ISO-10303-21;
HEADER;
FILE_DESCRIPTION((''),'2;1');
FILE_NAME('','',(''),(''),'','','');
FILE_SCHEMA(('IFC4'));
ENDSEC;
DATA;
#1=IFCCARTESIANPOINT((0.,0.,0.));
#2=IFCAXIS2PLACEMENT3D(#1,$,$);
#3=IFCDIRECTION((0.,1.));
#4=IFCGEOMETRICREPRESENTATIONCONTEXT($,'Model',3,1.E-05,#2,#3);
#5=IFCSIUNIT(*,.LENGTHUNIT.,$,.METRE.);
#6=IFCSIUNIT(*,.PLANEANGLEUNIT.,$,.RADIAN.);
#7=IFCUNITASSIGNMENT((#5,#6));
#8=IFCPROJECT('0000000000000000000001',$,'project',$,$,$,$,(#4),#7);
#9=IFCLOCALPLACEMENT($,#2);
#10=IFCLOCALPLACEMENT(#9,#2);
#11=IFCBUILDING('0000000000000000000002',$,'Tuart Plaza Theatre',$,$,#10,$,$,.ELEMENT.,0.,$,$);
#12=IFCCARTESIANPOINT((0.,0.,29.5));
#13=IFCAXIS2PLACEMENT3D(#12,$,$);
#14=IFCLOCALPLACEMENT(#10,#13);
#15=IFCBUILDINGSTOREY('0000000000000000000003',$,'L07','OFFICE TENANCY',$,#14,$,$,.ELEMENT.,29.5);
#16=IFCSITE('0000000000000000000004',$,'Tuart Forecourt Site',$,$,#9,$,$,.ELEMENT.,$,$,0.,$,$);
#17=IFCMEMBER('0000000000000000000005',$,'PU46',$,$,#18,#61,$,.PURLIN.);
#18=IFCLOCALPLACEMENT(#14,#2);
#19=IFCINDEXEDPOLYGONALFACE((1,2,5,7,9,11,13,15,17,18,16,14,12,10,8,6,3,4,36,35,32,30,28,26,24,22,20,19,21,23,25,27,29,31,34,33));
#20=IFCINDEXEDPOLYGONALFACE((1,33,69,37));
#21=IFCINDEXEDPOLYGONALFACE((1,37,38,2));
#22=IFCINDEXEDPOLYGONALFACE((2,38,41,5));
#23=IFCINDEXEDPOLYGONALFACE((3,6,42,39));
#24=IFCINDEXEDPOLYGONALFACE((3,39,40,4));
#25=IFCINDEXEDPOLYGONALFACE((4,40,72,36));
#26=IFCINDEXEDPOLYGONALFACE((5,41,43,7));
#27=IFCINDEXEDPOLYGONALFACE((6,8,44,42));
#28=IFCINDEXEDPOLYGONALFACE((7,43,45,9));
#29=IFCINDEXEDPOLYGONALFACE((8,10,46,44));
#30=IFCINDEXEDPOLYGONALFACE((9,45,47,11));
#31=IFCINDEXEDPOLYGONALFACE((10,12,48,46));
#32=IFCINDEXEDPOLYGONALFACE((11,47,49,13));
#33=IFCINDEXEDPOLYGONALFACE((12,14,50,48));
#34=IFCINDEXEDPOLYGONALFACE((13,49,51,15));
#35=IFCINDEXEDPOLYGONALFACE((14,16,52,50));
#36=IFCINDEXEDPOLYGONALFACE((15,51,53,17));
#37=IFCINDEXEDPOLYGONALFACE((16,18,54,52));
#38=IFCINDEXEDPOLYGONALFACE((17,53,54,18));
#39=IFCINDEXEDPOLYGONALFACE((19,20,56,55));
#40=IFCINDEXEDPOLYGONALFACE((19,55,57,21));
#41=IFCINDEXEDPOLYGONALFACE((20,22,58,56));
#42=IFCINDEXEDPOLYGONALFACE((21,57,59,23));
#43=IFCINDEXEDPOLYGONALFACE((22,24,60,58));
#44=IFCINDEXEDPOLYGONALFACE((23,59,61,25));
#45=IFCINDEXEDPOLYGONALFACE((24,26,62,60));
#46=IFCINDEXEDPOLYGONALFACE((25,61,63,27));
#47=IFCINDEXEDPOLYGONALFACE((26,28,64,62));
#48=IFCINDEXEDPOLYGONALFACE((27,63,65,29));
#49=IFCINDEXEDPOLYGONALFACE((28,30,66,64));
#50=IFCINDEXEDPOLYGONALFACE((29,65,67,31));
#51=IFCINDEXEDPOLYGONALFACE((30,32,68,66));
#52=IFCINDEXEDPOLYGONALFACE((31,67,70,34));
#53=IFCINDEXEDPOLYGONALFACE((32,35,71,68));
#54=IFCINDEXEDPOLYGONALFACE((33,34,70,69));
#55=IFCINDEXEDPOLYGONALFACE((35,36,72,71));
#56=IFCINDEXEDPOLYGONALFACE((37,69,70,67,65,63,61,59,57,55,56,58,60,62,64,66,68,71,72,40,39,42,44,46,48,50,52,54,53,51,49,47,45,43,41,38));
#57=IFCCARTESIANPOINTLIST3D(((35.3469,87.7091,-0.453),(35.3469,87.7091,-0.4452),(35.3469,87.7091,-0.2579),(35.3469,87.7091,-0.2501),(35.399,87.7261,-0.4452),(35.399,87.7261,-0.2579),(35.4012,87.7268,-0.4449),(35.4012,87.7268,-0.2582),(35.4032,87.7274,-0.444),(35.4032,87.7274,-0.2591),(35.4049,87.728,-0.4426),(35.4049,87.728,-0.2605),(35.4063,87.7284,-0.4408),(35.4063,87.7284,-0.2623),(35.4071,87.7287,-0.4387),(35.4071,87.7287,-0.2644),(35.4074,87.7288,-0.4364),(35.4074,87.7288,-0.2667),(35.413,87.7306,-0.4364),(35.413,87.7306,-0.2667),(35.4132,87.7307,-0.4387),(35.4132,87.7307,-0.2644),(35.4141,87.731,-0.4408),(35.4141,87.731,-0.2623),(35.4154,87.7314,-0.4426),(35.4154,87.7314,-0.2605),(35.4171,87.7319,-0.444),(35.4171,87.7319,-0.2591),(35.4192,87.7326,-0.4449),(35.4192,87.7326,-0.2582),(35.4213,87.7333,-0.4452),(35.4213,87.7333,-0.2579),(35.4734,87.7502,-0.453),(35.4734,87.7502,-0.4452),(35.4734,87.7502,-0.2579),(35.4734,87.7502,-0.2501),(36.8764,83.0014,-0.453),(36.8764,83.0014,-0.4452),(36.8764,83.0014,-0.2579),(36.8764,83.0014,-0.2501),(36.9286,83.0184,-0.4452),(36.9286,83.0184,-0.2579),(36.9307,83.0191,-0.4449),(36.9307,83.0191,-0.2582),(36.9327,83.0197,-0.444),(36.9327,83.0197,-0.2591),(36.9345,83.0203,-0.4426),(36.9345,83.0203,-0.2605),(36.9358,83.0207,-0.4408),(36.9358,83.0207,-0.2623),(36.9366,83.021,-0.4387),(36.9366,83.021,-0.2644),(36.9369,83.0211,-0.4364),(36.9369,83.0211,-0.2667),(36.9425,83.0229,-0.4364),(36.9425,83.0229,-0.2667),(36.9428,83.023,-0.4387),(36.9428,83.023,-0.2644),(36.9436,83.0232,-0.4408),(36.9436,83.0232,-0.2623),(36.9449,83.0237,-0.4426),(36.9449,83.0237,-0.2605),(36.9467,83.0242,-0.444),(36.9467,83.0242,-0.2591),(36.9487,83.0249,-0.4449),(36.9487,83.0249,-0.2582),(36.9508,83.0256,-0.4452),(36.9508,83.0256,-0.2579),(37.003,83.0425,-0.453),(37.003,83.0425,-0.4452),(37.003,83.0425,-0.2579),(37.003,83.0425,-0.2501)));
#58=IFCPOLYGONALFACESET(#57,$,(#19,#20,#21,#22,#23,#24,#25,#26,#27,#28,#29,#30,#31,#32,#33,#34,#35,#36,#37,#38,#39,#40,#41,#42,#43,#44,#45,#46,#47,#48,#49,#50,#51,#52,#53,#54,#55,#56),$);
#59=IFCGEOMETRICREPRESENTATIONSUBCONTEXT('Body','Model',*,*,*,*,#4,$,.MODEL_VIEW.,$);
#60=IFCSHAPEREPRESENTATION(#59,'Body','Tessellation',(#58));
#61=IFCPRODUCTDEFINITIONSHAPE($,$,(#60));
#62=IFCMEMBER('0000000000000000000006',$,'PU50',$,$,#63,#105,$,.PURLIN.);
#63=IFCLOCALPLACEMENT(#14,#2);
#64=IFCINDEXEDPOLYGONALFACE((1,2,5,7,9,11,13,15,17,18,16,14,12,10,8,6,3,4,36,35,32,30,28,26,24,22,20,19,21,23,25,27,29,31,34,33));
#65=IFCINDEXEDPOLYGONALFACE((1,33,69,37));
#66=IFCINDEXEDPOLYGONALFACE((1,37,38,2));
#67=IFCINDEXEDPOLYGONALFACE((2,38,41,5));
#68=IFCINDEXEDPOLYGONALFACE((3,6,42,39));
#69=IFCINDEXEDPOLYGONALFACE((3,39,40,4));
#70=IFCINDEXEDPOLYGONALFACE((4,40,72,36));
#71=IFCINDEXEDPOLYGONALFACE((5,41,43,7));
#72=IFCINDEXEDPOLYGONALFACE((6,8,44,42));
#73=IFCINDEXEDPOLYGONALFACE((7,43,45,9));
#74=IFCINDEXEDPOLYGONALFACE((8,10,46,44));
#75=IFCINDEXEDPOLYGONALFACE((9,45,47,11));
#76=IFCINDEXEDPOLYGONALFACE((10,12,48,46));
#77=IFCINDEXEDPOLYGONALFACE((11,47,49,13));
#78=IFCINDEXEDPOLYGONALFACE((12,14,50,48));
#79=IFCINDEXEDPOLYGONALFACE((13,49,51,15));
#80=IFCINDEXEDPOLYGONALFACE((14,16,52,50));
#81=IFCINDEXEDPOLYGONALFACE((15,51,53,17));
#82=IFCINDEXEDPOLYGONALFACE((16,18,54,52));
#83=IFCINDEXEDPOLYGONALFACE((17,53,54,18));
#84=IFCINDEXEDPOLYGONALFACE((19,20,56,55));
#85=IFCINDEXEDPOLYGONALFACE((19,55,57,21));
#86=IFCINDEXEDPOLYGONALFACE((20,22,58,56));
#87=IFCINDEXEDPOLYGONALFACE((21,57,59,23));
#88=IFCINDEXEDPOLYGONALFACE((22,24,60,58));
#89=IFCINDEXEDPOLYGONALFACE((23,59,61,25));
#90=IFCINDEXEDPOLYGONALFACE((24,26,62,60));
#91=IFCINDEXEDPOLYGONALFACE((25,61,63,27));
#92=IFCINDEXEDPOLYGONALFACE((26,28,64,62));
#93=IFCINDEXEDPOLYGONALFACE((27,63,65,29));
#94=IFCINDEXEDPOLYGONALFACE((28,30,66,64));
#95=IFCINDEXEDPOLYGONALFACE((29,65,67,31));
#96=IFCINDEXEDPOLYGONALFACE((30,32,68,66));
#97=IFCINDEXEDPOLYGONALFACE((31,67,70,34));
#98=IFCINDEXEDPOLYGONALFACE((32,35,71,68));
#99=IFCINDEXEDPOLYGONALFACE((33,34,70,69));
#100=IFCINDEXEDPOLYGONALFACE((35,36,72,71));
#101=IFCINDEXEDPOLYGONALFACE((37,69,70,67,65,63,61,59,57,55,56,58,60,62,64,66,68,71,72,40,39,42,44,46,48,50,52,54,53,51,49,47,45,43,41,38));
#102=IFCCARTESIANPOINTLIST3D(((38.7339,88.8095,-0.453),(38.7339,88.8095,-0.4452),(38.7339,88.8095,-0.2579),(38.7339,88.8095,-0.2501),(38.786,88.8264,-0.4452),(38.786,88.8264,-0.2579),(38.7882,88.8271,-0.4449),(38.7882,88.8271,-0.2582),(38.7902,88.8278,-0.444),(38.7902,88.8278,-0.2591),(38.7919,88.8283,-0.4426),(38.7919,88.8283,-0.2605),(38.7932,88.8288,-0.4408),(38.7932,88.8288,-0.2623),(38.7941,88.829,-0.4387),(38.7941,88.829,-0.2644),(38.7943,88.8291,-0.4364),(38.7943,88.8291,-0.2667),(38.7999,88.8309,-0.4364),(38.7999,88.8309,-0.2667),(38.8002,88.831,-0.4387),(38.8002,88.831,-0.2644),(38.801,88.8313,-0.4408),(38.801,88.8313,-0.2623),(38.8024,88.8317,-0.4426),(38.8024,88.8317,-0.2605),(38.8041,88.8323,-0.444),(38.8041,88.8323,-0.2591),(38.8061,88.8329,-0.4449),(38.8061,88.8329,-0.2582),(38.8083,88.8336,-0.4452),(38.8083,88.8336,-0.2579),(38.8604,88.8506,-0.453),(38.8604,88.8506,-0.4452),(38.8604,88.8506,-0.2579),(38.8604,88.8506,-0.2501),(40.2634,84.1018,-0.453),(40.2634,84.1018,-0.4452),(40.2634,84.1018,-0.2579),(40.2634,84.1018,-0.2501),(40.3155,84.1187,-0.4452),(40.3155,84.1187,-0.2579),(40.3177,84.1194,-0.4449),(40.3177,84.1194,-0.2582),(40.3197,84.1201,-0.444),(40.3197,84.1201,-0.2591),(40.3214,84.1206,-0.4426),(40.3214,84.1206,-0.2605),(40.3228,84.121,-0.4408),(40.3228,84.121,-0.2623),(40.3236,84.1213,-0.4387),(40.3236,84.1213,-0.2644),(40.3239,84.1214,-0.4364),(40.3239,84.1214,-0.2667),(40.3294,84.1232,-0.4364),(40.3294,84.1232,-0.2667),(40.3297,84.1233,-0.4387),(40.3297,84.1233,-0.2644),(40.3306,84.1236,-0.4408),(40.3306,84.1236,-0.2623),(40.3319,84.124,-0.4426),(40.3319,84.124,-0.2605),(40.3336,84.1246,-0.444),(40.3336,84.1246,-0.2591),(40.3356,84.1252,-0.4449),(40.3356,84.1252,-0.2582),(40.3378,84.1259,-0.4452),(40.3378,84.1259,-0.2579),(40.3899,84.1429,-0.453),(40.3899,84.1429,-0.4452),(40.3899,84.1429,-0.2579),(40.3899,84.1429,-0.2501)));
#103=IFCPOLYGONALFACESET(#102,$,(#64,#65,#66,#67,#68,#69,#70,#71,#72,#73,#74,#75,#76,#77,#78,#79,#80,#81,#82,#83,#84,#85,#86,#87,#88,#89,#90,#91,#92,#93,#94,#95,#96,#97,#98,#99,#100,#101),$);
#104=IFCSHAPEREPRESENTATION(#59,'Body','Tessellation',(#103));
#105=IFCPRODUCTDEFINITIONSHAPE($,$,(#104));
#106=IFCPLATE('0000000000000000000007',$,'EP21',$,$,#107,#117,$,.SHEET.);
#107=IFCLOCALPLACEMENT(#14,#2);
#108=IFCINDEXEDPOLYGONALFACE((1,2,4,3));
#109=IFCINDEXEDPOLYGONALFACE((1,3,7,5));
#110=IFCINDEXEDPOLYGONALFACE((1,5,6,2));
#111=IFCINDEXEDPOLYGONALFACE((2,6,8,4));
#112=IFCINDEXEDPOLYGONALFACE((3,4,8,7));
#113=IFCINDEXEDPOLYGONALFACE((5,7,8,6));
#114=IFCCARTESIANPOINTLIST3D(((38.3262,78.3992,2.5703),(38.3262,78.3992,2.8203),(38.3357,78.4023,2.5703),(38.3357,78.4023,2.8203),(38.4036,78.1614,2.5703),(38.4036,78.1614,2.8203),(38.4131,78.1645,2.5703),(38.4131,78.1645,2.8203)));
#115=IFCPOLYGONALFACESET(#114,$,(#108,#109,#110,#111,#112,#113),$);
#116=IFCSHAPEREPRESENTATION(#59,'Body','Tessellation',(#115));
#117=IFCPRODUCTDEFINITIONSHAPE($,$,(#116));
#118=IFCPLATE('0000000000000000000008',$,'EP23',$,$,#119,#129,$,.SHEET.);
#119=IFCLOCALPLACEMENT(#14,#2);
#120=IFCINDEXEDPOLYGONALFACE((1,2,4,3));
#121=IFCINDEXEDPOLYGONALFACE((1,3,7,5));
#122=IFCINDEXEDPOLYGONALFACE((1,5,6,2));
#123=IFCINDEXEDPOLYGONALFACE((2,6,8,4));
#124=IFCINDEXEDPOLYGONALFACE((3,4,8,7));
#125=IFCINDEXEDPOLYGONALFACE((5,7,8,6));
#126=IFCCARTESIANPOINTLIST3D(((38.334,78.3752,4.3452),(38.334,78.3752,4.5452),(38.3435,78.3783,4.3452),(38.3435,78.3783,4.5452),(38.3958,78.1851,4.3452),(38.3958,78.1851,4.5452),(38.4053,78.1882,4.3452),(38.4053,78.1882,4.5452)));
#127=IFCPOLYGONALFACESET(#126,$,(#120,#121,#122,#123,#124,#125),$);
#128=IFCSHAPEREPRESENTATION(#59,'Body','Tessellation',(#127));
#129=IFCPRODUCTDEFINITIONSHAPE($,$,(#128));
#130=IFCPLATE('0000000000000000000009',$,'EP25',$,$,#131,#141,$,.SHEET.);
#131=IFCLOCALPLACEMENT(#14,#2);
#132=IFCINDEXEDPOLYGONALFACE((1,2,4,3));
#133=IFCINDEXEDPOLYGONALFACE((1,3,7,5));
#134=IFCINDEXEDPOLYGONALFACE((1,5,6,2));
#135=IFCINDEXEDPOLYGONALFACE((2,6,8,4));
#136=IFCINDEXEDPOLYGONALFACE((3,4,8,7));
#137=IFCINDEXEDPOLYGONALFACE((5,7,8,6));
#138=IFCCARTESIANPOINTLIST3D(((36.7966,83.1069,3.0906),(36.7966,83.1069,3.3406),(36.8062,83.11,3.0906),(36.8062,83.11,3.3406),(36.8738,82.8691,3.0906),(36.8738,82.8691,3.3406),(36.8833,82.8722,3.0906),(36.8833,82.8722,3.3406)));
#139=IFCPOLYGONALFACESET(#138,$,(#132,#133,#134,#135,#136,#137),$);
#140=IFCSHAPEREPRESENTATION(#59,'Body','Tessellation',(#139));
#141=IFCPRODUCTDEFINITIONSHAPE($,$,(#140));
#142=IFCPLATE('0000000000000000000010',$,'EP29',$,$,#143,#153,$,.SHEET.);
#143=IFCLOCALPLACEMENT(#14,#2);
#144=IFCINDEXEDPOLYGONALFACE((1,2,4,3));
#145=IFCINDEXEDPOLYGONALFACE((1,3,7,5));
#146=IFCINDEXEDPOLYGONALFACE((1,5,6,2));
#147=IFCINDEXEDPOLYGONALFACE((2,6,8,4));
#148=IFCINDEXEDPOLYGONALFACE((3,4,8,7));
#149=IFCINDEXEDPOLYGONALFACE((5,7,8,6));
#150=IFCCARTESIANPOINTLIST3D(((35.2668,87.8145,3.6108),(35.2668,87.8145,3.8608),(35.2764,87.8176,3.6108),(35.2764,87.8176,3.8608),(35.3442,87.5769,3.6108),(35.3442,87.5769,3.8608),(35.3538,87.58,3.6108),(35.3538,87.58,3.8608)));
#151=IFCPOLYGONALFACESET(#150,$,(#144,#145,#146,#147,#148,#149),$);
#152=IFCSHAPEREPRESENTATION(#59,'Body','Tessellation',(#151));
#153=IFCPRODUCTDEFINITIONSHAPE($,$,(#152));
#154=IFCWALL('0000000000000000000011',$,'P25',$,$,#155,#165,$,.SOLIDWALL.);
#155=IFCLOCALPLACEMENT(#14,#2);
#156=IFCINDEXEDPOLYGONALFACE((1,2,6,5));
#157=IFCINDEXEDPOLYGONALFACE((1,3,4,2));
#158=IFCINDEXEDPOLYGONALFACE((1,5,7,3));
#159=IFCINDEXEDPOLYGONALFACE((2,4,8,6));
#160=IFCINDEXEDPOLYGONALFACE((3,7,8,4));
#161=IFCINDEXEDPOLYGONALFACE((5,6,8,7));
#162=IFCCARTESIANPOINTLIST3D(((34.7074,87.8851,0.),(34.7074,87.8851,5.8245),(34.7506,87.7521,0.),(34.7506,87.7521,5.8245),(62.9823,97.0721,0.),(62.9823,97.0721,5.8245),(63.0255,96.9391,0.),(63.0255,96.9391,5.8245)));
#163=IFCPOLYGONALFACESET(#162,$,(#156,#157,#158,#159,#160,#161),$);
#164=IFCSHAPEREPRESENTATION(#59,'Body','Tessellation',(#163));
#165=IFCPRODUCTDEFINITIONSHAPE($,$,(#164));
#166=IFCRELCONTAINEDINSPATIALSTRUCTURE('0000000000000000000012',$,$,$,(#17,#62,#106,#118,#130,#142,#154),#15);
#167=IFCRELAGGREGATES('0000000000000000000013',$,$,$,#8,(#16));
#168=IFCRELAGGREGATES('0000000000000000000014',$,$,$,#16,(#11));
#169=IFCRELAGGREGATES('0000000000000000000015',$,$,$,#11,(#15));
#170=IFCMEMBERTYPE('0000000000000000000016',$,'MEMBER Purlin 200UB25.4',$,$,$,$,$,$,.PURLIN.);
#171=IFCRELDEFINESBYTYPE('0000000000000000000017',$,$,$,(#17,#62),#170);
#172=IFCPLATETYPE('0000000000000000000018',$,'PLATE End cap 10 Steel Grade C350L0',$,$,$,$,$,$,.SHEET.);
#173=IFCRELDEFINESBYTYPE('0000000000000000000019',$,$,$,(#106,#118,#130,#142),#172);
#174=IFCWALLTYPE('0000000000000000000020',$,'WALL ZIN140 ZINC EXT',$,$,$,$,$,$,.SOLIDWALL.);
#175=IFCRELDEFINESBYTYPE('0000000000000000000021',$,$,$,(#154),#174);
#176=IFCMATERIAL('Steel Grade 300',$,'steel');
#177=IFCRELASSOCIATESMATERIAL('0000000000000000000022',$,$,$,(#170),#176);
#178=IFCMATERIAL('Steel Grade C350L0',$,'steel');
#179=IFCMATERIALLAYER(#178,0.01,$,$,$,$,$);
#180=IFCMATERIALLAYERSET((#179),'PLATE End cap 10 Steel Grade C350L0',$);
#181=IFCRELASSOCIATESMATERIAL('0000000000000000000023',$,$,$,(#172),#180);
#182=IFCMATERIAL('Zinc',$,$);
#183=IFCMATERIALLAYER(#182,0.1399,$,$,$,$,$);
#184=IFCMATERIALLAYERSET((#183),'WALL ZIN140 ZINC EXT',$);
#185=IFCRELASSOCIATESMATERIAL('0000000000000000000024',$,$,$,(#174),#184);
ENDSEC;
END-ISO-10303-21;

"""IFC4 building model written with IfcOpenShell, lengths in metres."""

from ifc_helpers import new_model, si_unit, direction, frame, frame_2d, origin, origin_2d, place, context, subcontext, project, spatial, polyline, rectangle, i_section, outline, extrude, material, layer, layer_set, material_profile, profile_set, type_object, element, save


model = new_model("IFC4")

# Units and contexts
model_context = context("Model", 3, precision=1e-05, world=origin(), true_north=direction((0.0, 1.0)))
body_context = subcontext(model_context, "Body", "Model", "MODEL_VIEW")
ifc_project = project(units=[si_unit("LENGTHUNIT", "METRE"), si_unit("PLANEANGLEUNIT", "RADIAN")], contexts=[model_context])

# Site, building, storey
site_placement = place(None, origin())
site = spatial("IfcSite", under=ifc_project, at=site_placement, Name="Tuart Forecourt Site", CompositionType="ELEMENT", RefElevation=0.0)
building_placement = place(site_placement, origin())
building = spatial("IfcBuilding", under=site, at=building_placement, Name="Tuart Plaza Theatre", CompositionType="ELEMENT", ElevationOfRefHeight=0.0)
storey_placement = place(building_placement, frame((0.0, 0.0, 29.5)))
storey = spatial("IfcBuildingStorey", under=building, at=storey_placement, Name="L07", Description="OFFICE TENANCY", CompositionType="ELEMENT", Elevation=29.5)

# Members
ifc_material_1 = material(Name="Steel Grade 300", Category="steel")
ifc_material_profile_1 = material_profile(ifc_material_1, i_section(OverallWidth=0.1331, OverallDepth=0.2029, WebThickness=0.0059, FlangeThickness=0.0078, FilletRadius=0.0088, at=origin_2d()), Name="200UB25.4")
ifc_profile_set_1 = profile_set([ifc_material_profile_1], Name="Steel Grade 300")
member_type_1 = type_object("IfcMemberType", Name="MEMBER Purlin 200UB25.4", PredefinedType="PURLIN", material=ifc_profile_set_1)
for number, where, z_axis, x_axis, name in (
    (1, (36.9397, 83.022, -0.3516), (-0.308998, 0.951063, 0.0), (-0.951063, -0.308998, 0.0), "PU46"),
    (2, (40.3267, 84.1223, -0.3516), (-0.308998, 0.951063, 0.0), (-0.951063, -0.308998, 0.0), "PU50"),
):
    element("IfcMember", number, at=place(storey_placement, frame(where, z_axis=z_axis, x_axis=x_axis)), inside=storey, type_object=member_type_1, Name=name, PredefinedType="PURLIN", context=body_context, shape_type="SweptSolid", body=[
        extrude(i_section(OverallWidth=0.1331, OverallDepth=0.2029, WebThickness=0.0059, FlangeThickness=0.0078, FilletRadius=0.0088, at=origin_2d()), origin(), (0.0, 0.0, 1.0), 4.95),
    ])

# Plates
ifc_material_2 = material(Name="Steel Grade C350L0", Category="steel")
ifc_layer_1 = layer(ifc_material_2, 0.01)
ifc_layer_set_1 = layer_set([ifc_layer_1], Name="PLATE End cap 10 Steel Grade C350L0")
plate_type = type_object("IfcPlateType", Name="PLATE End cap 10 Steel Grade C350L0", PredefinedType="SHEET", material=ifc_layer_set_1)
plate_1_placement = place(storey_placement, frame((38.4036, 78.1614, 2.8203), z_axis=(-0.950905, -0.309483, 0.0), x_axis=(-0.309483, 0.950905, 0.0)))
element("IfcPlate", 3, at=plate_1_placement, inside=storey, type_object=plate_type, Name="EP21", PredefinedType="SHEET", context=body_context, shape_type="SweptSolid", body=[
    extrude(outline(polyline([(0.0, 0.0), (0.2501, 0.0), (0.2501, 0.25), (0.0, 0.25), (0.0, 0.0)])), origin(), (0.0, 0.0, -1.0), 0.01),
])
plate_2_placement = place(storey_placement, frame((38.3958, 78.1851, 4.5452), z_axis=(-0.951097, -0.308893, 0.0), x_axis=(-0.308893, 0.951097, 0.0)))
element("IfcPlate", 4, at=plate_2_placement, inside=storey, type_object=plate_type, Name="EP23", PredefinedType="SHEET", context=body_context, shape_type="SweptSolid", body=[
    extrude(outline(polyline([(0.0, 0.0), (0.2, 0.0), (0.2, 0.2), (0.0, 0.2), (0.0, 0.0)])), origin(), (0.0, 0.0, -1.0), 0.01),
])
plate_3_placement = place(storey_placement, frame((36.8738, 82.8691, 3.3406), z_axis=(-0.951192, -0.3086, 0.0), x_axis=(-0.3086, 0.951192, 0.0)))
element("IfcPlate", 5, at=plate_3_placement, inside=storey, type_object=plate_type, Name="EP25", PredefinedType="SHEET", context=body_context, shape_type="SweptSolid", body=[
    extrude(outline(polyline([(0.0, 0.0), (0.25, 0.0), (0.25, 0.25), (0.0, 0.25), (0.0, 0.0)])), origin(), (0.0, 0.0, -1.0), 0.01),
])
plate_4_placement = place(storey_placement, frame((35.3442, 87.5769, 3.8608), z_axis=(-0.950811, -0.309771, 0.0), x_axis=(-0.309771, 0.950811, 0.0)))
element("IfcPlate", 6, at=plate_4_placement, inside=storey, type_object=plate_type, Name="EP29", PredefinedType="SHEET", context=body_context, shape_type="SweptSolid", body=[
    extrude(outline(polyline([(0.0, 0.0), (0.2498, 0.0), (0.2498, 0.25), (0.0, 0.25), (0.0, 0.0)])), origin(), (0.0, 0.0, -1.0), 0.01),
])

# Wall
ifc_material_3 = material(Name="Zinc")
ifc_layer_2 = layer(ifc_material_3, 0.1399)
ifc_layer_set_2 = layer_set([ifc_layer_2], Name="WALL ZIN140 ZINC EXT")
wall_type = type_object("IfcWallType", Name="WALL ZIN140 ZINC EXT", PredefinedType="SOLIDWALL", material=ifc_layer_set_2)
wall_placement = place(storey_placement, frame((34.729, 87.8186, 0.0), z_axis=(0.0, 0.0, 1.0), x_axis=(0.951057, 0.309015, 0.0)))
element("IfcWall", 7, at=wall_placement, inside=storey, type_object=wall_type, Name="P25", PredefinedType="SOLIDWALL", context=body_context, shape_type="SweptSolid", body=[
    extrude(rectangle(XDim=29.73, YDim=0.1399, at=frame_2d((14.865, 0.0))), origin(), (0.0, 0.0, 1.0), 5.8245),
])

save(model, "model.ifc")
